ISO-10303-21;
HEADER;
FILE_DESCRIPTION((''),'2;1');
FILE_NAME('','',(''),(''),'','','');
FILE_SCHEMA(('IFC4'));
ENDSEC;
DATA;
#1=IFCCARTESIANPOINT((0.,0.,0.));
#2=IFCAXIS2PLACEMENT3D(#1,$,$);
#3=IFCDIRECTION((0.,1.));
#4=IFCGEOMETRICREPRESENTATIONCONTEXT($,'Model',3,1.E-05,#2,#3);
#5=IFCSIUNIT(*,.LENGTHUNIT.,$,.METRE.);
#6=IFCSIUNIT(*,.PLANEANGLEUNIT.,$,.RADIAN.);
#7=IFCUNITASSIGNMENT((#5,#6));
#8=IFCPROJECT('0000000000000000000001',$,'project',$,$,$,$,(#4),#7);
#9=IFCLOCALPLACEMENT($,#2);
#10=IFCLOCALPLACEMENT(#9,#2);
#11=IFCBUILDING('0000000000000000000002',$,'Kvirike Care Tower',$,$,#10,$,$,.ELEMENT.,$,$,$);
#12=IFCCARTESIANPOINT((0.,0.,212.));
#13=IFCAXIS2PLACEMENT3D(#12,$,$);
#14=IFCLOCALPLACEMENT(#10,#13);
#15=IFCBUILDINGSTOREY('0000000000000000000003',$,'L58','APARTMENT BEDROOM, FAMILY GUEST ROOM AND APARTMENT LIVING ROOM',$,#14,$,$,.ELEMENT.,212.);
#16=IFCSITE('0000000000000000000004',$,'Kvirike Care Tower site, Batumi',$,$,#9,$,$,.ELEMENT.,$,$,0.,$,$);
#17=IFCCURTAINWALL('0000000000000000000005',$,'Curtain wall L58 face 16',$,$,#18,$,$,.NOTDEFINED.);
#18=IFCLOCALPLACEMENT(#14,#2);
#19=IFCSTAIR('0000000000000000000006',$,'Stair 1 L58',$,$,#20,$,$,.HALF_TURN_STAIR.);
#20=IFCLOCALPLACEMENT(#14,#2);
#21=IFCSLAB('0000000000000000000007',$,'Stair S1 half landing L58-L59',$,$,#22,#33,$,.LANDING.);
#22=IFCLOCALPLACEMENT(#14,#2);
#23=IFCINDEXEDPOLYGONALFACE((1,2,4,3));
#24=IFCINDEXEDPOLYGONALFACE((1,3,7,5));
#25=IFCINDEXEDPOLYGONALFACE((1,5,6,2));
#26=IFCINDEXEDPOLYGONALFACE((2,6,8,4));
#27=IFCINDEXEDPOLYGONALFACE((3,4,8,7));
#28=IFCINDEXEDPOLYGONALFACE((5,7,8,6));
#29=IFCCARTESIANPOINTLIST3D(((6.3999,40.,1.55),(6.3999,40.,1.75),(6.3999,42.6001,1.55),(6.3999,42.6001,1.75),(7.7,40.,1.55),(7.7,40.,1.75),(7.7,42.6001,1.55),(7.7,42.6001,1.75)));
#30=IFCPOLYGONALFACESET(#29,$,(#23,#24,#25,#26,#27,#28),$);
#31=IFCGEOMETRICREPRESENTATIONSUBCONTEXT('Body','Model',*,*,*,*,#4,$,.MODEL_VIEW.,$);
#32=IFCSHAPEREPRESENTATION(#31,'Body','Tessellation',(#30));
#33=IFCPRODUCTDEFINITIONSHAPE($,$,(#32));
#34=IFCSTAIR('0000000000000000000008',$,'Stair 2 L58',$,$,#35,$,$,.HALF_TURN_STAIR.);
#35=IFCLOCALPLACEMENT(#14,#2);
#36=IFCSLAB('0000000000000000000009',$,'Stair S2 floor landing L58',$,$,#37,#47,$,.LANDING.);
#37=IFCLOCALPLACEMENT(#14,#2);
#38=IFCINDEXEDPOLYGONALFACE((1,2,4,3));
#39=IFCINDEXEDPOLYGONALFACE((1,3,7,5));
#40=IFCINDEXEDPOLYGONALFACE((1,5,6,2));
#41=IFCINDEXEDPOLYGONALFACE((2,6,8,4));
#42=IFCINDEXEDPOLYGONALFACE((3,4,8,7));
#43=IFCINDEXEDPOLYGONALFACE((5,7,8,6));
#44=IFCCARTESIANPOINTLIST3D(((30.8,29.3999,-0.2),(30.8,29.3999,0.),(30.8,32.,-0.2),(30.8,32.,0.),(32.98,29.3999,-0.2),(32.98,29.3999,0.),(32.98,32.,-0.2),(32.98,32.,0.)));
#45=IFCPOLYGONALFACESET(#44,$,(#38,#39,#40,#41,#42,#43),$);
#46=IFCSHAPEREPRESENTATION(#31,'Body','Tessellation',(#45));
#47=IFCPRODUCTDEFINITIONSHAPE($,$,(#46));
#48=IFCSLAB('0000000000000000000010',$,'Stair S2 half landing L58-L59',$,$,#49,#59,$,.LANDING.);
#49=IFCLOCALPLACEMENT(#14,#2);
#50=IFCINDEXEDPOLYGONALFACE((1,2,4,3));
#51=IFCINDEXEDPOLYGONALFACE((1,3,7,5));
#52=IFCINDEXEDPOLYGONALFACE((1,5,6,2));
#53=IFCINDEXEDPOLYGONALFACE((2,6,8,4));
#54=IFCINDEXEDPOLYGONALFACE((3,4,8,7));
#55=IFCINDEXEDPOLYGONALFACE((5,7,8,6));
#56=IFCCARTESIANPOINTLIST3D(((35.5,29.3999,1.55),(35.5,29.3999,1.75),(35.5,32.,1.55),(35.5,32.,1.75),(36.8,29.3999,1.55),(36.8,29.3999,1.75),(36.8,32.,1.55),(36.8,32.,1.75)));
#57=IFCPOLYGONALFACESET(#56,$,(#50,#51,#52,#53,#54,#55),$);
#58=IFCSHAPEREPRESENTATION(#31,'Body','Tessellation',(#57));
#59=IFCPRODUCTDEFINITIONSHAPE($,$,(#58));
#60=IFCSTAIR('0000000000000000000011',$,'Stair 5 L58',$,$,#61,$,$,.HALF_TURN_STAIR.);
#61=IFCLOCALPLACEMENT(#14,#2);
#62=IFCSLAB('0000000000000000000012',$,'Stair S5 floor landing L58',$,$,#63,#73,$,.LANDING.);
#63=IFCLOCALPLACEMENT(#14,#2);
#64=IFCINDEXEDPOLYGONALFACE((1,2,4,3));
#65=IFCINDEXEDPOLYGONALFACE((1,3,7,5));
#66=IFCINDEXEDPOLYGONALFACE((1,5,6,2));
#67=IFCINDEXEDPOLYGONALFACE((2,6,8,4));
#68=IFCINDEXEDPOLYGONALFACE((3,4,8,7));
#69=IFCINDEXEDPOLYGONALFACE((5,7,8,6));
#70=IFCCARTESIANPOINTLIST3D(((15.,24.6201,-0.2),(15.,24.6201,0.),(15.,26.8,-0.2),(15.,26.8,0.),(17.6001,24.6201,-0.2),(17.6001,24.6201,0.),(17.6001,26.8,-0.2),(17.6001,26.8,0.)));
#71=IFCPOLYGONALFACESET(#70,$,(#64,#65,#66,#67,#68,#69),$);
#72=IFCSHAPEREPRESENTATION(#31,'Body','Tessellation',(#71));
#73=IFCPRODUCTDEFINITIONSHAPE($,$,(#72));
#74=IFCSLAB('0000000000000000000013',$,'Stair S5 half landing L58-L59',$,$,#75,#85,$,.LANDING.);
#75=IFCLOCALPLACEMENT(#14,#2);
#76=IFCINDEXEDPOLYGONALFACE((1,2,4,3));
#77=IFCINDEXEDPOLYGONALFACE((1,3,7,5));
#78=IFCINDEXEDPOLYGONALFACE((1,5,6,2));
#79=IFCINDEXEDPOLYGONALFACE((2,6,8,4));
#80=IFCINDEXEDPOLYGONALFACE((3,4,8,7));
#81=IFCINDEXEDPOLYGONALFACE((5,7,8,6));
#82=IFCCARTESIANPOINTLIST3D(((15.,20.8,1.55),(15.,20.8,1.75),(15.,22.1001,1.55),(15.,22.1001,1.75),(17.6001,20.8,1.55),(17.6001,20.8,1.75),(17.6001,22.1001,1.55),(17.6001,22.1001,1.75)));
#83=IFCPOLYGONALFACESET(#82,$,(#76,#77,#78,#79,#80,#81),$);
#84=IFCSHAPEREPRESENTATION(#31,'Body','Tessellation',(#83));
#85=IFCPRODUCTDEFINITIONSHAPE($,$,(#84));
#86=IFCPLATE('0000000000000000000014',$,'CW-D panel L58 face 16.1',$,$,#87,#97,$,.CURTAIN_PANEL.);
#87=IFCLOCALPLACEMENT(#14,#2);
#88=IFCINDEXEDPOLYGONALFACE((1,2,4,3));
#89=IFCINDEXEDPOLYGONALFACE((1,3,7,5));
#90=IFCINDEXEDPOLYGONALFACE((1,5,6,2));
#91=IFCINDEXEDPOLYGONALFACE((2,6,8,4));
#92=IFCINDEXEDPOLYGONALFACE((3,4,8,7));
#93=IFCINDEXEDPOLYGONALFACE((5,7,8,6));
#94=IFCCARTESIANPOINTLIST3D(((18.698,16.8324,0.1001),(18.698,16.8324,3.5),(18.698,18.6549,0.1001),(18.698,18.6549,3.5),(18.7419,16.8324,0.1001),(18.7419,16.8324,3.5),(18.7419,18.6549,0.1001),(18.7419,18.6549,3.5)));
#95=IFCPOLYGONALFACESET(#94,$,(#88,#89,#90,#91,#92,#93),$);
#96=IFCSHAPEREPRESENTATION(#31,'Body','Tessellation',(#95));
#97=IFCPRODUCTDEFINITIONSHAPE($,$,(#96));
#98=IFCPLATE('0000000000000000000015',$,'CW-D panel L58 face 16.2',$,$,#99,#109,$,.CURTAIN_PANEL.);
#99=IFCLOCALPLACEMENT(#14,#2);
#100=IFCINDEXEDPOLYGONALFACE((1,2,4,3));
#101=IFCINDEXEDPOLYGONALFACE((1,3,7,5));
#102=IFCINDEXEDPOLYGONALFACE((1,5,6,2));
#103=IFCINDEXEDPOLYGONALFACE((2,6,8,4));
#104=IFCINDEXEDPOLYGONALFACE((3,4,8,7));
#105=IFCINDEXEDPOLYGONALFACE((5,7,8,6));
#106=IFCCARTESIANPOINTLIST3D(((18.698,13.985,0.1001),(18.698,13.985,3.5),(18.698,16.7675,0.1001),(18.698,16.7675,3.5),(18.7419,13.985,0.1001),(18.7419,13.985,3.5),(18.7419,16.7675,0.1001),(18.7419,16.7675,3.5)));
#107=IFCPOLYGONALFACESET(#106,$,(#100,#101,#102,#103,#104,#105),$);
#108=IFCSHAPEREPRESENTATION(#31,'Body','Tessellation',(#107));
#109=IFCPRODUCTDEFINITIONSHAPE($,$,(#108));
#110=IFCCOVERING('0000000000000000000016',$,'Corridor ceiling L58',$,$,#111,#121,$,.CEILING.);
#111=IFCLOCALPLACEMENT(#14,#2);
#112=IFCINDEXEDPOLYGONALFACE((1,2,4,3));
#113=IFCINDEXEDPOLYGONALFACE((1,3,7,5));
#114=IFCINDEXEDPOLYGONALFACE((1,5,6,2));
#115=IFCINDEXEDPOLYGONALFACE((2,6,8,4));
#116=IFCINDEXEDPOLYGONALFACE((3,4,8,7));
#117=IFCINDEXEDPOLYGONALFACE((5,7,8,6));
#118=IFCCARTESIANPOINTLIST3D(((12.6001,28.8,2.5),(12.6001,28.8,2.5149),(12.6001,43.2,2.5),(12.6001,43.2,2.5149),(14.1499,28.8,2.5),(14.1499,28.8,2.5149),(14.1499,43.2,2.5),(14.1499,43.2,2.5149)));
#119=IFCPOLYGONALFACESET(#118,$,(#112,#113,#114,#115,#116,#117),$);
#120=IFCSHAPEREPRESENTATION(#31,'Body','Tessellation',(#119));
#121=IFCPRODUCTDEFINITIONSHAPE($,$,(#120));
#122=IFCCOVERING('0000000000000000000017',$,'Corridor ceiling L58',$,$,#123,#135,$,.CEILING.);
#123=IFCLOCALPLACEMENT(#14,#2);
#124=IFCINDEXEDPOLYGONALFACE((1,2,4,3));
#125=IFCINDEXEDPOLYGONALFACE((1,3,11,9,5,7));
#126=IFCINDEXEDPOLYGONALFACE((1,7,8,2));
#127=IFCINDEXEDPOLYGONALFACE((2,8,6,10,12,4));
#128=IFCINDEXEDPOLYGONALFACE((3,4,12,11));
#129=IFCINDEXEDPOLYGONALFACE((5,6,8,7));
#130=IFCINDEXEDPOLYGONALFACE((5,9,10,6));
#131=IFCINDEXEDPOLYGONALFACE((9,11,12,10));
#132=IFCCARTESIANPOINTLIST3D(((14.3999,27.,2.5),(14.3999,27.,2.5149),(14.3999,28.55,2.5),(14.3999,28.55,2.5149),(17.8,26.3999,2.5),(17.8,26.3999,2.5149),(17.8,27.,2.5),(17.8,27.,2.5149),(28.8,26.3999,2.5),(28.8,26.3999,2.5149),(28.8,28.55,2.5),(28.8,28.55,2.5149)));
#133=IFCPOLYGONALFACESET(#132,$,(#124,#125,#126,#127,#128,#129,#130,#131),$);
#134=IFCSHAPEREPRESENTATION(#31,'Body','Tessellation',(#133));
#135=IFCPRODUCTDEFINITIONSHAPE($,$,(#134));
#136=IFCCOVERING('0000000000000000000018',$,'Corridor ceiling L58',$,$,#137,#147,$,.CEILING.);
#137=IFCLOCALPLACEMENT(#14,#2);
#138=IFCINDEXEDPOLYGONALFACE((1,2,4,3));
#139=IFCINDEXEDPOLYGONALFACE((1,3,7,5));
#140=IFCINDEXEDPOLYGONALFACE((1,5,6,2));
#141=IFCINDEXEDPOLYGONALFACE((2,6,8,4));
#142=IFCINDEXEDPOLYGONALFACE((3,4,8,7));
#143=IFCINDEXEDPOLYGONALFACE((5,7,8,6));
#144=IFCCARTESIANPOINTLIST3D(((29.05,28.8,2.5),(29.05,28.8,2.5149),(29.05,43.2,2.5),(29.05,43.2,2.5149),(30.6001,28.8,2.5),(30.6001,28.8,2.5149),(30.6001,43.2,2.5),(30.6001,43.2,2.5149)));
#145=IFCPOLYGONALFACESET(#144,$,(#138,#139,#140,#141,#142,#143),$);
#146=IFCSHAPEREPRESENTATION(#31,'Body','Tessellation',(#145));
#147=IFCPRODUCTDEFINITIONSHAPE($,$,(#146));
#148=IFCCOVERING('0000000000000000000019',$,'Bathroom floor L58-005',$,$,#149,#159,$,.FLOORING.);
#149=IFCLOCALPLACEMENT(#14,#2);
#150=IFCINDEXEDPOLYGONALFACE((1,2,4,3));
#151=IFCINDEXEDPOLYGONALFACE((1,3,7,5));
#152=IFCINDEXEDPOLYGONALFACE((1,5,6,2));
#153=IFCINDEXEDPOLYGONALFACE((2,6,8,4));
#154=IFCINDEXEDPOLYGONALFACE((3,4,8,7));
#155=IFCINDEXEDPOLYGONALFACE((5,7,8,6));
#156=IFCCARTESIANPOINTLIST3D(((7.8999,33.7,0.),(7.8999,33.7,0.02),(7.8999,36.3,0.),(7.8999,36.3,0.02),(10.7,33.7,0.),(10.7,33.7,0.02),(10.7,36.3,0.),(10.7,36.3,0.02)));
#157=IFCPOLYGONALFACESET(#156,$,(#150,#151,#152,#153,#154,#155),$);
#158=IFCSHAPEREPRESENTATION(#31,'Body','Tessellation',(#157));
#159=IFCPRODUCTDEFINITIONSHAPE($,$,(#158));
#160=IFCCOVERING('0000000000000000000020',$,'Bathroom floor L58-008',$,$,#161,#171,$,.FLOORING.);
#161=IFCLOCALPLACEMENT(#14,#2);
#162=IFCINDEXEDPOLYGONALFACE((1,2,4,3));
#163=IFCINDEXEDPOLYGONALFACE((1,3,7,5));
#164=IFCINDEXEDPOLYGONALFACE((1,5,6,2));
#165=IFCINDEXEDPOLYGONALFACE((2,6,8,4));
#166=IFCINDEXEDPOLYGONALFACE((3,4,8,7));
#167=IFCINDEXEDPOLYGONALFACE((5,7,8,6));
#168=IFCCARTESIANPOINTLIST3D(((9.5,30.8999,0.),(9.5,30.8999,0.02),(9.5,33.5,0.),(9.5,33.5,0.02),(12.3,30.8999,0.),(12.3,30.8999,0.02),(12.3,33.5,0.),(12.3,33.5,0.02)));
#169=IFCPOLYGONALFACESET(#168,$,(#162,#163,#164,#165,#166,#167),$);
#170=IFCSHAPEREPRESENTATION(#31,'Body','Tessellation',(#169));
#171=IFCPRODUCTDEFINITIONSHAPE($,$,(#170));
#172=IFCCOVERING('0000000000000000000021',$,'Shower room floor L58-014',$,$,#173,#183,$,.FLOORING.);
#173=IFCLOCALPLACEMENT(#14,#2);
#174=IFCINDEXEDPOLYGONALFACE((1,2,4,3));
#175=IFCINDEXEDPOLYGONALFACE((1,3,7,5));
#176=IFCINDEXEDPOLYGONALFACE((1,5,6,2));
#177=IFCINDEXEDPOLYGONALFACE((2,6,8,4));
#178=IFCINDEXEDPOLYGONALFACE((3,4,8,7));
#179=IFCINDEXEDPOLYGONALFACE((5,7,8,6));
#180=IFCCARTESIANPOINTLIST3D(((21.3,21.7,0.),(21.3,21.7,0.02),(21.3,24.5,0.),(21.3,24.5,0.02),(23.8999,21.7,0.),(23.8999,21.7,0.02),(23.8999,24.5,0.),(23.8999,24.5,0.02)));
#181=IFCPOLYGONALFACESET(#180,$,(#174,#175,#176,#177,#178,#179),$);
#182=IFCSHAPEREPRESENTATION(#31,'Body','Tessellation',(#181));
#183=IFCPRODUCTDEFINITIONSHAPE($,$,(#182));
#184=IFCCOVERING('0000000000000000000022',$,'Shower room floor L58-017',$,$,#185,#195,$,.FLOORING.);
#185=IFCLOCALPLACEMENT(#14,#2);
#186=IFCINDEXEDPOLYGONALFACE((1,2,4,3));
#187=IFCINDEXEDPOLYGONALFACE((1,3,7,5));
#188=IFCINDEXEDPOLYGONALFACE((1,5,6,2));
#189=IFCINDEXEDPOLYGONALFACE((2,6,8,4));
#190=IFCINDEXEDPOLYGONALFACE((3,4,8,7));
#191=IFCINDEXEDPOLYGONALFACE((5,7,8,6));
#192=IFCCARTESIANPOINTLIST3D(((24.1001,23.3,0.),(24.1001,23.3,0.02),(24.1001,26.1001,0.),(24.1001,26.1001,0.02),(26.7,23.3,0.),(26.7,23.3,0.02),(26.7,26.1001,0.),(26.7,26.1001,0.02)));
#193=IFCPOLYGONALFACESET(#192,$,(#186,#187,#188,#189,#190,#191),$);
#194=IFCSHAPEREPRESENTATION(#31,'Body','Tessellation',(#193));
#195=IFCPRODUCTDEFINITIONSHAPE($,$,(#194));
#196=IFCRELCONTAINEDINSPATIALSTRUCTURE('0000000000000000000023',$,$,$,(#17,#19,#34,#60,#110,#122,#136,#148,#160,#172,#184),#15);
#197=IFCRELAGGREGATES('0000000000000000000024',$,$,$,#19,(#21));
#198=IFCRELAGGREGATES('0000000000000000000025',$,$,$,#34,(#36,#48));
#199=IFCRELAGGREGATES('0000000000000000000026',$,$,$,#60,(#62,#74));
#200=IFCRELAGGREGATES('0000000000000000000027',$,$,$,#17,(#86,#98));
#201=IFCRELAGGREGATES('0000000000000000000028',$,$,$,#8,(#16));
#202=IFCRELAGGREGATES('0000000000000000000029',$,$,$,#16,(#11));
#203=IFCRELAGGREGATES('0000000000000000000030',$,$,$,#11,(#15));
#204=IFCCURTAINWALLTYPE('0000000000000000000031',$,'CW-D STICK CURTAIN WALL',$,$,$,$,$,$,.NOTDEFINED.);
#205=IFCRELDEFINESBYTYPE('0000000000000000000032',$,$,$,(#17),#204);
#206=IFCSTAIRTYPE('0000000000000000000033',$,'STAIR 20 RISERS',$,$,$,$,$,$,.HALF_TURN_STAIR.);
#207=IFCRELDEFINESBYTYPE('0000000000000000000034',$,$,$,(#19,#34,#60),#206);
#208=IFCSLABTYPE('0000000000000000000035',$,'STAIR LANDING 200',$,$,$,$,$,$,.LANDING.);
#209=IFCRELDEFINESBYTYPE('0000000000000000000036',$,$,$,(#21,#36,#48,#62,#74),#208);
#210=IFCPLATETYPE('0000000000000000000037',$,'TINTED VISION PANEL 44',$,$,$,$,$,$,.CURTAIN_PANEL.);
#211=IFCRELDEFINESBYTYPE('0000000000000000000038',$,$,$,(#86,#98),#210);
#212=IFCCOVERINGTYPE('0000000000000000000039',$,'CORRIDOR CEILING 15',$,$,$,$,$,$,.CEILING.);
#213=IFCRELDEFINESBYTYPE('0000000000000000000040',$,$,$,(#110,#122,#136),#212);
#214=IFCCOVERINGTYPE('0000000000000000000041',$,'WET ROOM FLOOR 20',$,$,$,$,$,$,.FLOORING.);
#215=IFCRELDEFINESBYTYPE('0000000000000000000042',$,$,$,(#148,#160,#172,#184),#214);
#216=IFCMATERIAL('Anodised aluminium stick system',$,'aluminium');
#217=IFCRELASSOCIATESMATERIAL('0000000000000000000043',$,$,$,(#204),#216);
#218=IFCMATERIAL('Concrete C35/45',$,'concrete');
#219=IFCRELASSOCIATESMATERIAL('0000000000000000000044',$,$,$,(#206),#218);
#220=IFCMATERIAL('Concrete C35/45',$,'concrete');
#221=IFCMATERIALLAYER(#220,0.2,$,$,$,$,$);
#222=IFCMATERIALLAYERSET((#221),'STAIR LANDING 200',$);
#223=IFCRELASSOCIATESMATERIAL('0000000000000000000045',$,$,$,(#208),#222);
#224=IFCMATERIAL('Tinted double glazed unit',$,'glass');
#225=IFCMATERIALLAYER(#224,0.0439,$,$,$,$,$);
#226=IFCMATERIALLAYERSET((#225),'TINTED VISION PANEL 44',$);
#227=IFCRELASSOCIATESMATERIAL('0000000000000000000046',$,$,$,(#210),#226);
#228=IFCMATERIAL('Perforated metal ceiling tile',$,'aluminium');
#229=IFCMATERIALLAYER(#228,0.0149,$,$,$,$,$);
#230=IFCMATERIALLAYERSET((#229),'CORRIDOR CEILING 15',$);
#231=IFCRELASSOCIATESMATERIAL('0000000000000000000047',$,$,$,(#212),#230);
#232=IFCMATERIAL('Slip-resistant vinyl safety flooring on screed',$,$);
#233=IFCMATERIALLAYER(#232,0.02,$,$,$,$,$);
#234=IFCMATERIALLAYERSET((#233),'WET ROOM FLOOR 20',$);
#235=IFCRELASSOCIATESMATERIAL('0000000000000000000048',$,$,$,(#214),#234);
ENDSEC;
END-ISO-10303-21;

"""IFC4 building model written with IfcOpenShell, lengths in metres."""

from ifc_helpers import new_model, si_unit, direction, frame, origin, origin_2d, place, context, subcontext, project, spatial, polyline, rectangle, outline, extrude, material, layer, layer_set, type_object, element, aggregate, save


model = new_model("IFC4")

# Units and contexts
model_context = context("Model", 3, precision=1e-05, world=origin(), true_north=direction((0.0, 1.0)))
body_context = subcontext(model_context, "Body", "Model", "MODEL_VIEW")
ifc_project = project(units=[si_unit("LENGTHUNIT", "METRE"), si_unit("PLANEANGLEUNIT", "RADIAN")], contexts=[model_context])

# Site, building, storey
site_placement = place(None, origin())
site = spatial("IfcSite", under=ifc_project, at=site_placement, Name="Kvirike Care Tower site, Batumi", CompositionType="ELEMENT", RefElevation=0.0)
building_placement = place(site_placement, origin())
building = spatial("IfcBuilding", under=site, at=building_placement, Name="Kvirike Care Tower", CompositionType="ELEMENT")
storey_placement = place(building_placement, frame((0.0, 0.0, 212.0)))
storey = spatial("IfcBuildingStorey", under=building, at=storey_placement, Name="L58", Description="APARTMENT BEDROOM, FAMILY GUEST ROOM AND APARTMENT LIVING ROOM", CompositionType="ELEMENT", Elevation=212.0)

# Curtain wall
ifc_material_1 = material(Name="Anodised aluminium stick system", Category="aluminium")
curtain_wall_type = type_object("IfcCurtainWallType", Name="CW-D STICK CURTAIN WALL", PredefinedType="NOTDEFINED", material=ifc_material_1)
curtain_wall_1_placement = place(storey_placement, origin())
curtain_wall_1 = element("IfcCurtainWall", 1, at=curtain_wall_1_placement, inside=storey, type_object=curtain_wall_type, Name="Curtain wall L58 face 16", PredefinedType="NOTDEFINED")

# Stairs, slabs
ifc_material_2 = material(Name="Concrete C35/45", Category="concrete")
stair_type = type_object("IfcStairType", Name="STAIR 20 RISERS", PredefinedType="HALF_TURN_STAIR", material=ifc_material_2)
stair_1_placement = place(storey_placement, origin())
stair_1 = element("IfcStair", 2, at=stair_1_placement, inside=storey, type_object=stair_type, Name="Stair 1 L58", PredefinedType="HALF_TURN_STAIR")
ifc_material_3 = material(Name="Concrete C35/45", Category="concrete")
ifc_layer_1 = layer(ifc_material_3, 0.2)
ifc_layer_set_1 = layer_set([ifc_layer_1], Name="STAIR LANDING 200")
slab_type_1 = type_object("IfcSlabType", Name="STAIR LANDING 200", PredefinedType="LANDING", material=ifc_layer_set_1)
slab_1_placement = place(storey_placement, frame((0.0, 0.0, 1.55)))
slab_1 = element("IfcSlab", 3, at=slab_1_placement, type_object=slab_type_1, Name="Stair S1 half landing L58-L59", PredefinedType="LANDING", context=body_context, shape_type="SweptSolid", body=[
    extrude(outline(polyline([(6.3999, 42.6001), (6.3999, 40.0), (7.7, 40.0), (7.7, 42.6001), (6.3999, 42.6001)])), origin(), (0.0, 0.0, 1.0), 0.2),
])
aggregate(stair_1, [slab_1])
stair_2_placement = place(storey_placement, origin())
stair_2 = element("IfcStair", 4, at=stair_2_placement, inside=storey, type_object=stair_type, Name="Stair 2 L58", PredefinedType="HALF_TURN_STAIR")
slab_2_placement = place(storey_placement, frame((0.0, 0.0, -0.2)))
slab_2 = element("IfcSlab", 5, at=slab_2_placement, type_object=slab_type_1, Name="Stair S2 floor landing L58", PredefinedType="LANDING", context=body_context, shape_type="SweptSolid", body=[
    extrude(outline(polyline([(32.98, 29.3999), (32.98, 32.0), (30.8, 32.0), (30.8, 29.3999), (32.98, 29.3999)])), origin(), (0.0, 0.0, 1.0), 0.2),
])
slab_3_placement = place(storey_placement, frame((0.0, 0.0, 1.55)))
slab_3 = element("IfcSlab", 6, at=slab_3_placement, type_object=slab_type_1, Name="Stair S2 half landing L58-L59", PredefinedType="LANDING", context=body_context, shape_type="SweptSolid", body=[
    extrude(outline(polyline([(36.8, 29.3999), (36.8, 32.0), (35.5, 32.0), (35.5, 29.3999), (36.8, 29.3999)])), origin(), (0.0, 0.0, 1.0), 0.2),
])
aggregate(stair_2, [slab_2, slab_3])
stair_3_placement = place(storey_placement, origin())
stair_3 = element("IfcStair", 7, at=stair_3_placement, inside=storey, type_object=stair_type, Name="Stair 5 L58", PredefinedType="HALF_TURN_STAIR")
slab_4_placement = place(storey_placement, frame((0.0, 0.0, -0.2)))
slab_4 = element("IfcSlab", 8, at=slab_4_placement, type_object=slab_type_1, Name="Stair S5 floor landing L58", PredefinedType="LANDING", context=body_context, shape_type="SweptSolid", body=[
    extrude(outline(polyline([(15.0, 24.6201), (17.6001, 24.6201), (17.6001, 26.8), (15.0, 26.8), (15.0, 24.6201)])), origin(), (0.0, 0.0, 1.0), 0.2),
])
slab_5_placement = place(storey_placement, frame((0.0, 0.0, 1.55)))
slab_5 = element("IfcSlab", 9, at=slab_5_placement, type_object=slab_type_1, Name="Stair S5 half landing L58-L59", PredefinedType="LANDING", context=body_context, shape_type="SweptSolid", body=[
    extrude(outline(polyline([(15.0, 20.8), (17.6001, 20.8), (17.6001, 22.1001), (15.0, 22.1001), (15.0, 20.8)])), origin(), (0.0, 0.0, 1.0), 0.2),
])
aggregate(stair_3, [slab_4, slab_5])

# Plates
ifc_material_4 = material(Name="Tinted double glazed unit", Category="glass")
ifc_layer_2 = layer(ifc_material_4, 0.0439)
ifc_layer_set_2 = layer_set([ifc_layer_2], Name="TINTED VISION PANEL 44")
plate_type = type_object("IfcPlateType", Name="TINTED VISION PANEL 44", PredefinedType="CURTAIN_PANEL", material=ifc_layer_set_2)
plate_1_placement = place(storey_placement, frame((18.72, 17.7437, 0.1001), z_axis=(0.0, 0.0, 1.0), x_axis=(0.0, -1.0, 0.0)))
plate_1 = element("IfcPlate", 10, at=plate_1_placement, type_object=plate_type, Name="CW-D panel L58 face 16.1", PredefinedType="CURTAIN_PANEL", context=body_context, shape_type="SweptSolid", body=[
    extrude(rectangle(XDim=1.8225, YDim=0.0439, at=origin_2d()), origin(), (0.0, 0.0, 1.0), 3.3999),
])
plate_2_placement = place(storey_placement, frame((18.72, 15.3762, 0.1001), z_axis=(0.0, 0.0, 1.0), x_axis=(0.0, -1.0, 0.0)))
plate_2 = element("IfcPlate", 11, at=plate_2_placement, type_object=plate_type, Name="CW-D panel L58 face 16.2", PredefinedType="CURTAIN_PANEL", context=body_context, shape_type="SweptSolid", body=[
    extrude(rectangle(XDim=2.7825, YDim=0.0439, at=origin_2d()), origin(), (0.0, 0.0, 1.0), 3.3999),
])
aggregate(curtain_wall_1, [plate_1, plate_2])

# Coverings
ifc_material_5 = material(Name="Perforated metal ceiling tile", Category="aluminium")
ifc_layer_3 = layer(ifc_material_5, 0.0149)
ifc_layer_set_3 = layer_set([ifc_layer_3], Name="CORRIDOR CEILING 15")
covering_type_1 = type_object("IfcCoveringType", Name="CORRIDOR CEILING 15", PredefinedType="CEILING", material=ifc_layer_set_3)
covering_1_placement = place(storey_placement, frame((0.0, 0.0, 2.5)))
element("IfcCovering", 12, at=covering_1_placement, inside=storey, type_object=covering_type_1, Name="Corridor ceiling L58", PredefinedType="CEILING", context=body_context, shape_type="SweptSolid", body=[
    extrude(outline(polyline([(12.6001, 43.2), (14.1499, 43.2), (14.1499, 28.8), (12.6001, 28.8), (12.6001, 43.2)])), origin(), (0.0, 0.0, 1.0), 0.0149),
])
covering_2_placement = place(storey_placement, frame((0.0, 0.0, 2.5)))
element("IfcCovering", 13, at=covering_2_placement, inside=storey, type_object=covering_type_1, Name="Corridor ceiling L58", PredefinedType="CEILING", context=body_context, shape_type="SweptSolid", body=[
    extrude(outline(polyline([(14.3999, 28.55), (28.8, 28.55), (28.8, 26.3999), (17.8, 26.3999), (17.8, 27.0), (14.3999, 27.0), (14.3999, 28.55)])), origin(), (0.0, 0.0, 1.0), 0.0149),
])
covering_3_placement = place(storey_placement, frame((0.0, 0.0, 2.5)))
element("IfcCovering", 14, at=covering_3_placement, inside=storey, type_object=covering_type_1, Name="Corridor ceiling L58", PredefinedType="CEILING", context=body_context, shape_type="SweptSolid", body=[
    extrude(outline(polyline([(30.6001, 28.8), (29.05, 28.8), (29.05, 43.2), (30.6001, 43.2), (30.6001, 28.8)])), origin(), (0.0, 0.0, 1.0), 0.0149),
])
ifc_material_6 = material(Name="Slip-resistant vinyl safety flooring on screed")
ifc_layer_4 = layer(ifc_material_6, 0.02)
ifc_layer_set_4 = layer_set([ifc_layer_4], Name="WET ROOM FLOOR 20")
covering_type_2 = type_object("IfcCoveringType", Name="WET ROOM FLOOR 20", PredefinedType="FLOORING", material=ifc_layer_set_4)
covering_4_placement = place(storey_placement, origin())
element("IfcCovering", 15, at=covering_4_placement, inside=storey, type_object=covering_type_2, Name="Bathroom floor L58-005", PredefinedType="FLOORING", context=body_context, shape_type="SweptSolid", body=[
    extrude(outline(polyline([(7.8999, 36.3), (10.7, 36.3), (10.7, 33.7), (7.8999, 33.7), (7.8999, 36.3)])), origin(), (0.0, 0.0, 1.0), 0.02),
])
covering_5_placement = place(storey_placement, origin())
element("IfcCovering", 16, at=covering_5_placement, inside=storey, type_object=covering_type_2, Name="Bathroom floor L58-008", PredefinedType="FLOORING", context=body_context, shape_type="SweptSolid", body=[
    extrude(outline(polyline([(9.5, 33.5), (12.3, 33.5), (12.3, 30.8999), (9.5, 30.8999), (9.5, 33.5)])), origin(), (0.0, 0.0, 1.0), 0.02),
])
covering_6_placement = place(storey_placement, origin())
element("IfcCovering", 17, at=covering_6_placement, inside=storey, type_object=covering_type_2, Name="Shower room floor L58-014", PredefinedType="FLOORING", context=body_context, shape_type="SweptSolid", body=[
    extrude(outline(polyline([(21.3, 21.7), (21.3, 24.5), (23.8999, 24.5), (23.8999, 21.7), (21.3, 21.7)])), origin(), (0.0, 0.0, 1.0), 0.02),
])
covering_7_placement = place(storey_placement, origin())
element("IfcCovering", 18, at=covering_7_placement, inside=storey, type_object=covering_type_2, Name="Shower room floor L58-017", PredefinedType="FLOORING", context=body_context, shape_type="SweptSolid", body=[
    extrude(outline(polyline([(24.1001, 23.3), (24.1001, 26.1001), (26.7, 26.1001), (26.7, 23.3), (24.1001, 23.3)])), origin(), (0.0, 0.0, 1.0), 0.02),
])

save(model, "model.ifc")
